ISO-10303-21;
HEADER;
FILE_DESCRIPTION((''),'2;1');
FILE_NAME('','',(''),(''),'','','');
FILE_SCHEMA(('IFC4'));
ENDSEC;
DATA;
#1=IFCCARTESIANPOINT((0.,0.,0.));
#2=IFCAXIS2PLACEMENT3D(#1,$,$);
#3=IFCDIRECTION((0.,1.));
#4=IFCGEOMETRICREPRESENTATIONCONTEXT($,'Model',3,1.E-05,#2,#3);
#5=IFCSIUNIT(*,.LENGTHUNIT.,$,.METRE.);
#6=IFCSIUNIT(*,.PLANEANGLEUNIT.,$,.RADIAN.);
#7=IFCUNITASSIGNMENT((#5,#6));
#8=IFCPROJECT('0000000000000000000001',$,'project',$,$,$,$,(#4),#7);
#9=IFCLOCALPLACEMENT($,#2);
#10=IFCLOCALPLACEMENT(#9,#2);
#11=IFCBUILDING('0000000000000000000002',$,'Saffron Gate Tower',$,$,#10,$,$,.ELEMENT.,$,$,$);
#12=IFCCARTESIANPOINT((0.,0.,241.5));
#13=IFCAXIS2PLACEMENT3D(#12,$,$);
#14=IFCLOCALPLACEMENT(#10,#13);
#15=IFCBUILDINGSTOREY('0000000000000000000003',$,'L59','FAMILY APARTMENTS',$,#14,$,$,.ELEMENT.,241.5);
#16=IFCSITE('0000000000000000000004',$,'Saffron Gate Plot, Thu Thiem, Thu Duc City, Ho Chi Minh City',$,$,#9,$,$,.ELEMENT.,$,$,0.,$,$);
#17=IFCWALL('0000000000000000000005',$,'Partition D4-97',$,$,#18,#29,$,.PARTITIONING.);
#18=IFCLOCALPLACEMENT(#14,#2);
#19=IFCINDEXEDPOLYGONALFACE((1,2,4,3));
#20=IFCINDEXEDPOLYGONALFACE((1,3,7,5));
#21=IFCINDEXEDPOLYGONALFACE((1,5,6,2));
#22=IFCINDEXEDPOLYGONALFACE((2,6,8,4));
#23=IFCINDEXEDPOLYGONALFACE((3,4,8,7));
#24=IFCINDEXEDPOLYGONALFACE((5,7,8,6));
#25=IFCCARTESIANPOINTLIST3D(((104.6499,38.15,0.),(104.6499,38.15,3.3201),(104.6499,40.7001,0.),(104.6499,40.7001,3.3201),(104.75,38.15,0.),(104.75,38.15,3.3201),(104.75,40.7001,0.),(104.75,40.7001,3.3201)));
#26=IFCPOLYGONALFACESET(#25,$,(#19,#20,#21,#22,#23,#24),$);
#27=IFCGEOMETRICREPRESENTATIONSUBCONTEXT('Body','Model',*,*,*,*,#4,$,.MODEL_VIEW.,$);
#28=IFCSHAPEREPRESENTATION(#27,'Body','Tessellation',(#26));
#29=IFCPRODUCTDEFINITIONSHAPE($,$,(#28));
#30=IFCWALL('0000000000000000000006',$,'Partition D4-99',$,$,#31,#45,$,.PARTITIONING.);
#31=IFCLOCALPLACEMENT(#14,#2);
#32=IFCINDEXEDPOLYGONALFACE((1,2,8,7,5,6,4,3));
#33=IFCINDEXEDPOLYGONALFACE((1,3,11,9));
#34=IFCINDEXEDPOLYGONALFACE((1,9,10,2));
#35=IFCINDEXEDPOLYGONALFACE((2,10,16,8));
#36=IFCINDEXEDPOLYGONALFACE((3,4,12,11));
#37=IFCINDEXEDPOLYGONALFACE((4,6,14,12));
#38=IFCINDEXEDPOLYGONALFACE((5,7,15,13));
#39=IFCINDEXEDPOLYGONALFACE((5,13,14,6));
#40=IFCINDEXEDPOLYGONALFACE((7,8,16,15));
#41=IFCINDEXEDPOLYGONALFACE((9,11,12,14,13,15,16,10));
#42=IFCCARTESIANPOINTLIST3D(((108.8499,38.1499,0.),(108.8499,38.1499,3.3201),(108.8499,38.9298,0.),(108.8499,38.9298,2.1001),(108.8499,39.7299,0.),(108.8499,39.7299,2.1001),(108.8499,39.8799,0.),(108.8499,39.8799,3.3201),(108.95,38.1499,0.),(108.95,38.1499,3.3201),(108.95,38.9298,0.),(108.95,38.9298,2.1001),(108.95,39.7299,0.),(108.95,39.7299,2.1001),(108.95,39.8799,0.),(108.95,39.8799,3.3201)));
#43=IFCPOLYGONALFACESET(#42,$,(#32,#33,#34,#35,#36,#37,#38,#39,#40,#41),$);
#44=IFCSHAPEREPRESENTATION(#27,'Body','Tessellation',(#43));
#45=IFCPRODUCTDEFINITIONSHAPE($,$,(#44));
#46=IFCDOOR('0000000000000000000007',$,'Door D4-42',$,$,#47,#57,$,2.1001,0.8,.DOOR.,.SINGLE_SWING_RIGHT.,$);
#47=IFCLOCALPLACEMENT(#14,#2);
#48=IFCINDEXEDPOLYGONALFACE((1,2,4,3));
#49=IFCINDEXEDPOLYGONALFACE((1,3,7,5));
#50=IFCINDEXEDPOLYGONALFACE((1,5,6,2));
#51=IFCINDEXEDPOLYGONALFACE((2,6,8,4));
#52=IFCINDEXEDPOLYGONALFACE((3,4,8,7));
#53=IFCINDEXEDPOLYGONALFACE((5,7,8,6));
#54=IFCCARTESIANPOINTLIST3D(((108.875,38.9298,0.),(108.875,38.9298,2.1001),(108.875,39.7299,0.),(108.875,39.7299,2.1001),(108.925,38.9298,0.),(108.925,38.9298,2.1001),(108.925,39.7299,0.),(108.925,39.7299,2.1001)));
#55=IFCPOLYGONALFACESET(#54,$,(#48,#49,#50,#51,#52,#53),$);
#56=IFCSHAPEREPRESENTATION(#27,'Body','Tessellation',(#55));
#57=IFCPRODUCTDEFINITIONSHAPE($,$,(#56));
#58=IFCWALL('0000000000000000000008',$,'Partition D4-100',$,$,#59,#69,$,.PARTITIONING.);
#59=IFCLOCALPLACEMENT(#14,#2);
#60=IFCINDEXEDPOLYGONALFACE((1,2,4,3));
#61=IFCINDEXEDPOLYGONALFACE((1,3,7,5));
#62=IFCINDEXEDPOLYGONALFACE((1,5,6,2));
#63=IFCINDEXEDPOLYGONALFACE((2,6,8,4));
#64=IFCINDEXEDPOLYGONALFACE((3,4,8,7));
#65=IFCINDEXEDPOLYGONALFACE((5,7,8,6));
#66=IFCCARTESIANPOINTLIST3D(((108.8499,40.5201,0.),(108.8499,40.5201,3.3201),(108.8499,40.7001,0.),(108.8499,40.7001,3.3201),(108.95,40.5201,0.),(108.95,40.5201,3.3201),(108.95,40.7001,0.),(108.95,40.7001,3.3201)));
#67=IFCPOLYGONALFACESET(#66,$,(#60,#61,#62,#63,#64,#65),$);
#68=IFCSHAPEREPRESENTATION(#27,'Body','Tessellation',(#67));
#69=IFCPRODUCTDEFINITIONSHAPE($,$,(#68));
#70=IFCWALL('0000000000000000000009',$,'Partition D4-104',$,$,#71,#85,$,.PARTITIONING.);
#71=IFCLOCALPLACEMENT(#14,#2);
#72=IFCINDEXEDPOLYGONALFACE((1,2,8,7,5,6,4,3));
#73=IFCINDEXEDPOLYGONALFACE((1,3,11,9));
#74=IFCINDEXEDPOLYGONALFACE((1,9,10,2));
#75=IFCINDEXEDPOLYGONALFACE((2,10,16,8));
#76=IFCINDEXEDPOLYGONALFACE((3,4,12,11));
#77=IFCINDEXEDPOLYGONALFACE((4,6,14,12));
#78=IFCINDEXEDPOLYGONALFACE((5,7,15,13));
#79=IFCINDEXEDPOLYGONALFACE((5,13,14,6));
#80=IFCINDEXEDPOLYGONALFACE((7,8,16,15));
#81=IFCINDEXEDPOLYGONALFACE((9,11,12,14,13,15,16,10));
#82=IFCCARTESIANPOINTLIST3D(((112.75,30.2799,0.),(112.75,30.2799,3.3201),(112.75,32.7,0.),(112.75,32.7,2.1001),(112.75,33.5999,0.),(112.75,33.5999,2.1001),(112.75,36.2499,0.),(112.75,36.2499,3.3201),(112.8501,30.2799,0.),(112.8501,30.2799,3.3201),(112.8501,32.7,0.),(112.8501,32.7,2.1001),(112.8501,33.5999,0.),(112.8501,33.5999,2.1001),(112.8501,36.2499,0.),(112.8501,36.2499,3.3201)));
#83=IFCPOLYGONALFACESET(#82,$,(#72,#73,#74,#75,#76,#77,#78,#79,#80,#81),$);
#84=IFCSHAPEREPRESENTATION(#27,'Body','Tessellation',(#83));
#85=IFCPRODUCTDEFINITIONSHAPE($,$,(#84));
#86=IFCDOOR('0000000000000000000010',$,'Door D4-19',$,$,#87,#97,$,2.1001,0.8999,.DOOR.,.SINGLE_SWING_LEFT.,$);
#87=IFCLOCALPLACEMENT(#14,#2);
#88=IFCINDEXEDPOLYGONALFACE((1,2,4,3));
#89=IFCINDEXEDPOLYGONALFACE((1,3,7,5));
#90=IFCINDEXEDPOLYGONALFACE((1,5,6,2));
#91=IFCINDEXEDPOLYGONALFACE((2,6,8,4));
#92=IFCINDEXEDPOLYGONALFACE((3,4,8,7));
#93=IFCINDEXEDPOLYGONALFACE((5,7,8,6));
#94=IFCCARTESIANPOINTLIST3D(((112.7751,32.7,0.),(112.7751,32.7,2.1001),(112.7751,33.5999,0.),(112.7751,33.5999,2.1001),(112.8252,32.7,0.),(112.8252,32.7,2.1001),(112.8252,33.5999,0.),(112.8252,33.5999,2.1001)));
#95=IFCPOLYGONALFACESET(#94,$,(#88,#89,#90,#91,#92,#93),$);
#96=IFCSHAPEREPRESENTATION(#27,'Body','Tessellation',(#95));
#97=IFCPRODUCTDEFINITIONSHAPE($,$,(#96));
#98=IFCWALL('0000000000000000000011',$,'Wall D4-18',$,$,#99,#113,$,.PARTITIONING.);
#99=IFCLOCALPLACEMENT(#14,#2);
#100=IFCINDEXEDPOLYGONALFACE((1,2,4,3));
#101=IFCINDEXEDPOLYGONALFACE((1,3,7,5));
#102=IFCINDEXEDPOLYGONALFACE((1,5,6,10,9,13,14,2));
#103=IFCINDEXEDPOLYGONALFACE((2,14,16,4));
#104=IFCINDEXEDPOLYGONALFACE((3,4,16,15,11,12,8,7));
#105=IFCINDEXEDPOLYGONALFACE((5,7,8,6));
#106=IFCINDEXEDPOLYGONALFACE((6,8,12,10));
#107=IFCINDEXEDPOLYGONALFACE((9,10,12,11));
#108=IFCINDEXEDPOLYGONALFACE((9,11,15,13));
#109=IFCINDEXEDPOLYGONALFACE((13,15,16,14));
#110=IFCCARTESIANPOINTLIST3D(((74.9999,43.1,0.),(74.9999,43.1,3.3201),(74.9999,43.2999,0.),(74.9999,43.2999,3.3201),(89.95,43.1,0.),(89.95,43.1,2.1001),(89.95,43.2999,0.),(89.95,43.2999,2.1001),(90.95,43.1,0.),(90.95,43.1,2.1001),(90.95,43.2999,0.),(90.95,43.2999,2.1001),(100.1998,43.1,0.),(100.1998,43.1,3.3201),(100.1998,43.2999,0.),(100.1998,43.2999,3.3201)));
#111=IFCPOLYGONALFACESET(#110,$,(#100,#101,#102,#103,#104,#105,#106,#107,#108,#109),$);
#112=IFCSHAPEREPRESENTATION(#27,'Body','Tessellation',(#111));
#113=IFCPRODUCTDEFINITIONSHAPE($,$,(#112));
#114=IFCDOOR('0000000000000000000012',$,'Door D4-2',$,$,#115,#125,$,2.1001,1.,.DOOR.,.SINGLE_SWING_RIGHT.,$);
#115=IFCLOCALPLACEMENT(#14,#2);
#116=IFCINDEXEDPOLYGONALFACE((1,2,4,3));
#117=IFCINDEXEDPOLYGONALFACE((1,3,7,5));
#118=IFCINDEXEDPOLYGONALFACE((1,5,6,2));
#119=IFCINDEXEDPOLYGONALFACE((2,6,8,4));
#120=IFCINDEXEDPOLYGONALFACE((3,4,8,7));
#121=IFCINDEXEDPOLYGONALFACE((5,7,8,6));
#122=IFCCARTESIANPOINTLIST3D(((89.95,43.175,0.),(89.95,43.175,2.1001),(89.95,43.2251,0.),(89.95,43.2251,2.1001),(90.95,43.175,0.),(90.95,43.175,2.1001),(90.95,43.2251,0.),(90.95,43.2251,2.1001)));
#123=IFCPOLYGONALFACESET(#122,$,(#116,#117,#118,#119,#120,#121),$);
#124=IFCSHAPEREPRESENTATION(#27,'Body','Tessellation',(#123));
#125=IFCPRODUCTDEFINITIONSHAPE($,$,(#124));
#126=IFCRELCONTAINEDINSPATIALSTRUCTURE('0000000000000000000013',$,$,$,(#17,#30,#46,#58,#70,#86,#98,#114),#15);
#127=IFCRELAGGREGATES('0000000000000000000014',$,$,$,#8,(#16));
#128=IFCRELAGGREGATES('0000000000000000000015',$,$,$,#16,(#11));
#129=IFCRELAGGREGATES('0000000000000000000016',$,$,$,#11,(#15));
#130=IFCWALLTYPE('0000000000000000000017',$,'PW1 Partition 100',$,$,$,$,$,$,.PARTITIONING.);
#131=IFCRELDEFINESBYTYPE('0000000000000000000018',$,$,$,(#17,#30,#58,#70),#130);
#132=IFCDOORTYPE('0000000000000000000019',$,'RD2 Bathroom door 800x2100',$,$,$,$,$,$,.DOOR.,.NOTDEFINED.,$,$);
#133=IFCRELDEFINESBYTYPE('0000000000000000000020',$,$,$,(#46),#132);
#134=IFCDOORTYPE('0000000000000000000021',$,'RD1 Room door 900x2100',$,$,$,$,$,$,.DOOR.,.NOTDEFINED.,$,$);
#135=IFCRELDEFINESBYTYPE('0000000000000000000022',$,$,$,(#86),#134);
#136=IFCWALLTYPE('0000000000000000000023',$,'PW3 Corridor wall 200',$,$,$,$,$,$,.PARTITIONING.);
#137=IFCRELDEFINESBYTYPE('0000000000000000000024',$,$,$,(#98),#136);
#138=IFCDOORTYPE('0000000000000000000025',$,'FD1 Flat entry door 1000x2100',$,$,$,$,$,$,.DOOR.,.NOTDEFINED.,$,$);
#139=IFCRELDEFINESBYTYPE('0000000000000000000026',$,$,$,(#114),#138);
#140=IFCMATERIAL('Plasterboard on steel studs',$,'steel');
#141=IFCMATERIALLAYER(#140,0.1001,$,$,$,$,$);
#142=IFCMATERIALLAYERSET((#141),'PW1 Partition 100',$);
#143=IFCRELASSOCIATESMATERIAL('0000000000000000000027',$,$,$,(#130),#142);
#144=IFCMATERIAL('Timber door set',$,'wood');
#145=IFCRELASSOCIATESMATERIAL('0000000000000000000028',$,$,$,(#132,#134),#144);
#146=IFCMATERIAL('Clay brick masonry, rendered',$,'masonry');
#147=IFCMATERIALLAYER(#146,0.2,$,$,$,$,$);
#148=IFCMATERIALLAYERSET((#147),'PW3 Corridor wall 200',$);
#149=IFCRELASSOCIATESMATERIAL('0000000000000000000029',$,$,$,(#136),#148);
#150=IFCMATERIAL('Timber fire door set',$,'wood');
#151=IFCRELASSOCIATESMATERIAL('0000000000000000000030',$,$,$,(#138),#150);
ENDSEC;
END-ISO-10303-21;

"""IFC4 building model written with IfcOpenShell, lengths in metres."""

from ifc_helpers import new_model, si_unit, direction, frame, frame_2d, origin, place, context, subcontext, project, spatial, rectangle, extrude, material, layer, layer_set, type_object, element, fill, save


model = new_model("IFC4")

# Units and contexts
model_context = context("Model", 3, precision=1e-05, world=origin(), true_north=direction((0.0, 1.0)))
body_context = subcontext(model_context, "Body", "Model", "MODEL_VIEW")
ifc_project = project(units=[si_unit("LENGTHUNIT", "METRE"), si_unit("PLANEANGLEUNIT", "RADIAN")], contexts=[model_context])

# Site, building, storey
site_placement = place(None, origin())
site = spatial("IfcSite", under=ifc_project, at=site_placement, Name="Saffron Gate Plot, Thu Thiem, Thu Duc City, Ho Chi Minh City", CompositionType="ELEMENT", RefElevation=0.0)
building_placement = place(site_placement, origin())
building = spatial("IfcBuilding", under=site, at=building_placement, Name="Saffron Gate Tower", CompositionType="ELEMENT")
storey_placement = place(building_placement, frame((0.0, 0.0, 241.5)))
storey = spatial("IfcBuildingStorey", under=building, at=storey_placement, Name="L59", Description="FAMILY APARTMENTS", CompositionType="ELEMENT", Elevation=241.5)

# Shared definitions
ifc_material_1 = material(Name="Plasterboard on steel studs", Category="steel")
ifc_layer_1 = layer(ifc_material_1, 0.1001)
ifc_layer_set_1 = layer_set([ifc_layer_1], Name="PW1 Partition 100")
wall_type_1 = type_object("IfcWallType", Name="PW1 Partition 100", PredefinedType="PARTITIONING", material=ifc_layer_set_1)
ifc_material_2 = material(Name="Timber door set", Category="wood")
door_type_1 = type_object("IfcDoorType", Name="RD2 Bathroom door 800x2100", OperationType="NOTDEFINED", PredefinedType="DOOR", material=ifc_material_2)

# Wall
wall_1_placement = place(storey_placement, frame((104.7, 40.7, 0.0), z_axis=(0.0, 0.0, 1.0), x_axis=(0.0, -1.0, 0.0)))
element("IfcWall", 1, at=wall_1_placement, inside=storey, type_object=wall_type_1, Name="Partition D4-97", PredefinedType="PARTITIONING", context=body_context, shape_type="SweptSolid", body=[
    extrude(rectangle(XDim=2.55, YDim=0.1001, at=frame_2d((1.2749, 0.0))), origin(), (0.0, 0.0, 1.0), 3.3201),
])

# Wall, opening, door
wall_2_placement = place(storey_placement, frame((108.8999, 38.1499, 0.0), z_axis=(0.0, 0.0, 1.0), x_axis=(0.0, 1.0, 0.0)))
wall_2 = element("IfcWall", 2, at=wall_2_placement, inside=storey, type_object=wall_type_1, Name="Partition D4-99", PredefinedType="PARTITIONING", context=body_context, shape_type="SweptSolid", body=[
    extrude(rectangle(XDim=1.73, YDim=0.1001, at=frame_2d((0.865, 0.0))), origin(), (0.0, 0.0, 1.0), 3.3201),
])
opening_1_placement = place(wall_2_placement, frame((0.78, 0.0, 0.0)))
opening_1 = element("IfcOpeningElement", 3, at=opening_1_placement, cuts=wall_2, PredefinedType="OPENING", context=body_context, shape_type="SweptSolid", body=[
    extrude(rectangle(XDim=0.8, YDim=2.1001, at=frame_2d((0.3999, 1.05))), frame((0.0, 0.0601, 0.0), z_axis=(0.0, -1.0, 0.0), x_axis=(1.0, 0.0, 0.0)), (0.0, 0.0, 1.0), 0.1201),
])
door_1_placement = place(opening_1_placement, origin())
door_1 = element("IfcDoor", 4, at=door_1_placement, inside=storey, type_object=door_type_1, Name="Door D4-42", OperationType="SINGLE_SWING_RIGHT", OverallHeight=2.1001, OverallWidth=0.8, PredefinedType="DOOR", context=body_context, shape_type="SweptSolid", body=[
    extrude(rectangle(XDim=0.8, YDim=2.1001, at=frame_2d((0.3999, 1.05))), frame((0.0, 0.0249, 0.0), z_axis=(0.0, -1.0, 0.0), x_axis=(1.0, 0.0, 0.0)), (0.0, 0.0, 1.0), 0.05),
])
fill(opening_1, door_1)

# Wall
wall_3_placement = place(storey_placement, frame((108.8999, 40.7, 0.0), z_axis=(0.0, 0.0, 1.0), x_axis=(0.0, -1.0, 0.0)))
element("IfcWall", 5, at=wall_3_placement, inside=storey, type_object=wall_type_1, Name="Partition D4-100", PredefinedType="PARTITIONING", context=body_context, shape_type="SweptSolid", body=[
    extrude(rectangle(XDim=0.1799, YDim=0.1001, at=frame_2d((0.0898, 0.0))), origin(), (0.0, 0.0, 1.0), 3.3201),
])

# Walls, openings, doors
wall_4_placement = place(storey_placement, frame((112.8, 30.28, 0.0), z_axis=(0.0, 0.0, 1.0), x_axis=(0.0, 1.0, 0.0)))
wall_4 = element("IfcWall", 6, at=wall_4_placement, inside=storey, type_object=wall_type_1, Name="Partition D4-104", PredefinedType="PARTITIONING", context=body_context, shape_type="SweptSolid", body=[
    extrude(rectangle(XDim=5.97, YDim=0.1001, at=frame_2d((2.9849, 0.0))), origin(), (0.0, 0.0, 1.0), 3.3201),
])
opening_2_placement = place(wall_4_placement, frame((2.4199, 0.0, 0.0)))
opening_2 = element("IfcOpeningElement", 7, at=opening_2_placement, cuts=wall_4, PredefinedType="OPENING", context=body_context, shape_type="SweptSolid", body=[
    extrude(rectangle(XDim=0.8999, YDim=2.1001, at=frame_2d((0.45, 1.05))), frame((0.0, 0.0601, 0.0), z_axis=(0.0, -1.0, 0.0), x_axis=(1.0, 0.0, 0.0)), (0.0, 0.0, 1.0), 0.1201),
])
door_type_2 = type_object("IfcDoorType", Name="RD1 Room door 900x2100", OperationType="NOTDEFINED", PredefinedType="DOOR", material=ifc_material_2)
door_2_placement = place(opening_2_placement, origin())
door_2 = element("IfcDoor", 8, at=door_2_placement, inside=storey, type_object=door_type_2, Name="Door D4-19", OperationType="SINGLE_SWING_LEFT", OverallHeight=2.1001, OverallWidth=0.8999, PredefinedType="DOOR", context=body_context, shape_type="SweptSolid", body=[
    extrude(rectangle(XDim=0.8999, YDim=2.1001, at=frame_2d((0.45, 1.05))), frame((0.0, 0.0249, 0.0), z_axis=(0.0, -1.0, 0.0), x_axis=(1.0, 0.0, 0.0)), (0.0, 0.0, 1.0), 0.05),
])
fill(opening_2, door_2)
ifc_material_3 = material(Name="Clay brick masonry, rendered", Category="masonry")
ifc_layer_2 = layer(ifc_material_3, 0.2)
ifc_layer_set_2 = layer_set([ifc_layer_2], Name="PW3 Corridor wall 200")
wall_type_2 = type_object("IfcWallType", Name="PW3 Corridor wall 200", PredefinedType="PARTITIONING", material=ifc_layer_set_2)
wall_5_placement = place(storey_placement, frame((100.2, 43.2, 0.0), z_axis=(0.0, 0.0, 1.0), x_axis=(-1.0, 0.0, 0.0)))
wall_5 = element("IfcWall", 9, at=wall_5_placement, inside=storey, type_object=wall_type_2, Name="Wall D4-18", PredefinedType="PARTITIONING", context=body_context, shape_type="SweptSolid", body=[
    extrude(rectangle(XDim=25.2, YDim=0.2, at=frame_2d((12.6001, 0.0))), origin(), (0.0, 0.0, 1.0), 3.3201),
])
opening_3_placement = place(wall_5_placement, frame((9.25, 0.0, 0.0)))
opening_3 = element("IfcOpeningElement", 10, at=opening_3_placement, cuts=wall_5, PredefinedType="OPENING", context=body_context, shape_type="SweptSolid", body=[
    extrude(rectangle(XDim=1.0, YDim=2.1001, at=frame_2d((0.5, 1.05))), frame((0.0, 0.1099, 0.0), z_axis=(0.0, -1.0, 0.0), x_axis=(1.0, 0.0, 0.0)), (0.0, 0.0, 1.0), 0.22),
])
ifc_material_4 = material(Name="Timber fire door set", Category="wood")
door_type_3 = type_object("IfcDoorType", Name="FD1 Flat entry door 1000x2100", OperationType="NOTDEFINED", PredefinedType="DOOR", material=ifc_material_4)
door_3_placement = place(opening_3_placement, origin())
door_3 = element("IfcDoor", 11, at=door_3_placement, inside=storey, type_object=door_type_3, Name="Door D4-2", OperationType="SINGLE_SWING_RIGHT", OverallHeight=2.1001, OverallWidth=1.0, PredefinedType="DOOR", context=body_context, shape_type="SweptSolid", body=[
    extrude(rectangle(XDim=1.0, YDim=2.1001, at=frame_2d((0.5, 1.05))), frame((0.0, 0.0249, 0.0), z_axis=(0.0, -1.0, 0.0), x_axis=(1.0, 0.0, 0.0)), (0.0, 0.0, 1.0), 0.05),
])
fill(opening_3, door_3)

save(model, "model.ifc")
